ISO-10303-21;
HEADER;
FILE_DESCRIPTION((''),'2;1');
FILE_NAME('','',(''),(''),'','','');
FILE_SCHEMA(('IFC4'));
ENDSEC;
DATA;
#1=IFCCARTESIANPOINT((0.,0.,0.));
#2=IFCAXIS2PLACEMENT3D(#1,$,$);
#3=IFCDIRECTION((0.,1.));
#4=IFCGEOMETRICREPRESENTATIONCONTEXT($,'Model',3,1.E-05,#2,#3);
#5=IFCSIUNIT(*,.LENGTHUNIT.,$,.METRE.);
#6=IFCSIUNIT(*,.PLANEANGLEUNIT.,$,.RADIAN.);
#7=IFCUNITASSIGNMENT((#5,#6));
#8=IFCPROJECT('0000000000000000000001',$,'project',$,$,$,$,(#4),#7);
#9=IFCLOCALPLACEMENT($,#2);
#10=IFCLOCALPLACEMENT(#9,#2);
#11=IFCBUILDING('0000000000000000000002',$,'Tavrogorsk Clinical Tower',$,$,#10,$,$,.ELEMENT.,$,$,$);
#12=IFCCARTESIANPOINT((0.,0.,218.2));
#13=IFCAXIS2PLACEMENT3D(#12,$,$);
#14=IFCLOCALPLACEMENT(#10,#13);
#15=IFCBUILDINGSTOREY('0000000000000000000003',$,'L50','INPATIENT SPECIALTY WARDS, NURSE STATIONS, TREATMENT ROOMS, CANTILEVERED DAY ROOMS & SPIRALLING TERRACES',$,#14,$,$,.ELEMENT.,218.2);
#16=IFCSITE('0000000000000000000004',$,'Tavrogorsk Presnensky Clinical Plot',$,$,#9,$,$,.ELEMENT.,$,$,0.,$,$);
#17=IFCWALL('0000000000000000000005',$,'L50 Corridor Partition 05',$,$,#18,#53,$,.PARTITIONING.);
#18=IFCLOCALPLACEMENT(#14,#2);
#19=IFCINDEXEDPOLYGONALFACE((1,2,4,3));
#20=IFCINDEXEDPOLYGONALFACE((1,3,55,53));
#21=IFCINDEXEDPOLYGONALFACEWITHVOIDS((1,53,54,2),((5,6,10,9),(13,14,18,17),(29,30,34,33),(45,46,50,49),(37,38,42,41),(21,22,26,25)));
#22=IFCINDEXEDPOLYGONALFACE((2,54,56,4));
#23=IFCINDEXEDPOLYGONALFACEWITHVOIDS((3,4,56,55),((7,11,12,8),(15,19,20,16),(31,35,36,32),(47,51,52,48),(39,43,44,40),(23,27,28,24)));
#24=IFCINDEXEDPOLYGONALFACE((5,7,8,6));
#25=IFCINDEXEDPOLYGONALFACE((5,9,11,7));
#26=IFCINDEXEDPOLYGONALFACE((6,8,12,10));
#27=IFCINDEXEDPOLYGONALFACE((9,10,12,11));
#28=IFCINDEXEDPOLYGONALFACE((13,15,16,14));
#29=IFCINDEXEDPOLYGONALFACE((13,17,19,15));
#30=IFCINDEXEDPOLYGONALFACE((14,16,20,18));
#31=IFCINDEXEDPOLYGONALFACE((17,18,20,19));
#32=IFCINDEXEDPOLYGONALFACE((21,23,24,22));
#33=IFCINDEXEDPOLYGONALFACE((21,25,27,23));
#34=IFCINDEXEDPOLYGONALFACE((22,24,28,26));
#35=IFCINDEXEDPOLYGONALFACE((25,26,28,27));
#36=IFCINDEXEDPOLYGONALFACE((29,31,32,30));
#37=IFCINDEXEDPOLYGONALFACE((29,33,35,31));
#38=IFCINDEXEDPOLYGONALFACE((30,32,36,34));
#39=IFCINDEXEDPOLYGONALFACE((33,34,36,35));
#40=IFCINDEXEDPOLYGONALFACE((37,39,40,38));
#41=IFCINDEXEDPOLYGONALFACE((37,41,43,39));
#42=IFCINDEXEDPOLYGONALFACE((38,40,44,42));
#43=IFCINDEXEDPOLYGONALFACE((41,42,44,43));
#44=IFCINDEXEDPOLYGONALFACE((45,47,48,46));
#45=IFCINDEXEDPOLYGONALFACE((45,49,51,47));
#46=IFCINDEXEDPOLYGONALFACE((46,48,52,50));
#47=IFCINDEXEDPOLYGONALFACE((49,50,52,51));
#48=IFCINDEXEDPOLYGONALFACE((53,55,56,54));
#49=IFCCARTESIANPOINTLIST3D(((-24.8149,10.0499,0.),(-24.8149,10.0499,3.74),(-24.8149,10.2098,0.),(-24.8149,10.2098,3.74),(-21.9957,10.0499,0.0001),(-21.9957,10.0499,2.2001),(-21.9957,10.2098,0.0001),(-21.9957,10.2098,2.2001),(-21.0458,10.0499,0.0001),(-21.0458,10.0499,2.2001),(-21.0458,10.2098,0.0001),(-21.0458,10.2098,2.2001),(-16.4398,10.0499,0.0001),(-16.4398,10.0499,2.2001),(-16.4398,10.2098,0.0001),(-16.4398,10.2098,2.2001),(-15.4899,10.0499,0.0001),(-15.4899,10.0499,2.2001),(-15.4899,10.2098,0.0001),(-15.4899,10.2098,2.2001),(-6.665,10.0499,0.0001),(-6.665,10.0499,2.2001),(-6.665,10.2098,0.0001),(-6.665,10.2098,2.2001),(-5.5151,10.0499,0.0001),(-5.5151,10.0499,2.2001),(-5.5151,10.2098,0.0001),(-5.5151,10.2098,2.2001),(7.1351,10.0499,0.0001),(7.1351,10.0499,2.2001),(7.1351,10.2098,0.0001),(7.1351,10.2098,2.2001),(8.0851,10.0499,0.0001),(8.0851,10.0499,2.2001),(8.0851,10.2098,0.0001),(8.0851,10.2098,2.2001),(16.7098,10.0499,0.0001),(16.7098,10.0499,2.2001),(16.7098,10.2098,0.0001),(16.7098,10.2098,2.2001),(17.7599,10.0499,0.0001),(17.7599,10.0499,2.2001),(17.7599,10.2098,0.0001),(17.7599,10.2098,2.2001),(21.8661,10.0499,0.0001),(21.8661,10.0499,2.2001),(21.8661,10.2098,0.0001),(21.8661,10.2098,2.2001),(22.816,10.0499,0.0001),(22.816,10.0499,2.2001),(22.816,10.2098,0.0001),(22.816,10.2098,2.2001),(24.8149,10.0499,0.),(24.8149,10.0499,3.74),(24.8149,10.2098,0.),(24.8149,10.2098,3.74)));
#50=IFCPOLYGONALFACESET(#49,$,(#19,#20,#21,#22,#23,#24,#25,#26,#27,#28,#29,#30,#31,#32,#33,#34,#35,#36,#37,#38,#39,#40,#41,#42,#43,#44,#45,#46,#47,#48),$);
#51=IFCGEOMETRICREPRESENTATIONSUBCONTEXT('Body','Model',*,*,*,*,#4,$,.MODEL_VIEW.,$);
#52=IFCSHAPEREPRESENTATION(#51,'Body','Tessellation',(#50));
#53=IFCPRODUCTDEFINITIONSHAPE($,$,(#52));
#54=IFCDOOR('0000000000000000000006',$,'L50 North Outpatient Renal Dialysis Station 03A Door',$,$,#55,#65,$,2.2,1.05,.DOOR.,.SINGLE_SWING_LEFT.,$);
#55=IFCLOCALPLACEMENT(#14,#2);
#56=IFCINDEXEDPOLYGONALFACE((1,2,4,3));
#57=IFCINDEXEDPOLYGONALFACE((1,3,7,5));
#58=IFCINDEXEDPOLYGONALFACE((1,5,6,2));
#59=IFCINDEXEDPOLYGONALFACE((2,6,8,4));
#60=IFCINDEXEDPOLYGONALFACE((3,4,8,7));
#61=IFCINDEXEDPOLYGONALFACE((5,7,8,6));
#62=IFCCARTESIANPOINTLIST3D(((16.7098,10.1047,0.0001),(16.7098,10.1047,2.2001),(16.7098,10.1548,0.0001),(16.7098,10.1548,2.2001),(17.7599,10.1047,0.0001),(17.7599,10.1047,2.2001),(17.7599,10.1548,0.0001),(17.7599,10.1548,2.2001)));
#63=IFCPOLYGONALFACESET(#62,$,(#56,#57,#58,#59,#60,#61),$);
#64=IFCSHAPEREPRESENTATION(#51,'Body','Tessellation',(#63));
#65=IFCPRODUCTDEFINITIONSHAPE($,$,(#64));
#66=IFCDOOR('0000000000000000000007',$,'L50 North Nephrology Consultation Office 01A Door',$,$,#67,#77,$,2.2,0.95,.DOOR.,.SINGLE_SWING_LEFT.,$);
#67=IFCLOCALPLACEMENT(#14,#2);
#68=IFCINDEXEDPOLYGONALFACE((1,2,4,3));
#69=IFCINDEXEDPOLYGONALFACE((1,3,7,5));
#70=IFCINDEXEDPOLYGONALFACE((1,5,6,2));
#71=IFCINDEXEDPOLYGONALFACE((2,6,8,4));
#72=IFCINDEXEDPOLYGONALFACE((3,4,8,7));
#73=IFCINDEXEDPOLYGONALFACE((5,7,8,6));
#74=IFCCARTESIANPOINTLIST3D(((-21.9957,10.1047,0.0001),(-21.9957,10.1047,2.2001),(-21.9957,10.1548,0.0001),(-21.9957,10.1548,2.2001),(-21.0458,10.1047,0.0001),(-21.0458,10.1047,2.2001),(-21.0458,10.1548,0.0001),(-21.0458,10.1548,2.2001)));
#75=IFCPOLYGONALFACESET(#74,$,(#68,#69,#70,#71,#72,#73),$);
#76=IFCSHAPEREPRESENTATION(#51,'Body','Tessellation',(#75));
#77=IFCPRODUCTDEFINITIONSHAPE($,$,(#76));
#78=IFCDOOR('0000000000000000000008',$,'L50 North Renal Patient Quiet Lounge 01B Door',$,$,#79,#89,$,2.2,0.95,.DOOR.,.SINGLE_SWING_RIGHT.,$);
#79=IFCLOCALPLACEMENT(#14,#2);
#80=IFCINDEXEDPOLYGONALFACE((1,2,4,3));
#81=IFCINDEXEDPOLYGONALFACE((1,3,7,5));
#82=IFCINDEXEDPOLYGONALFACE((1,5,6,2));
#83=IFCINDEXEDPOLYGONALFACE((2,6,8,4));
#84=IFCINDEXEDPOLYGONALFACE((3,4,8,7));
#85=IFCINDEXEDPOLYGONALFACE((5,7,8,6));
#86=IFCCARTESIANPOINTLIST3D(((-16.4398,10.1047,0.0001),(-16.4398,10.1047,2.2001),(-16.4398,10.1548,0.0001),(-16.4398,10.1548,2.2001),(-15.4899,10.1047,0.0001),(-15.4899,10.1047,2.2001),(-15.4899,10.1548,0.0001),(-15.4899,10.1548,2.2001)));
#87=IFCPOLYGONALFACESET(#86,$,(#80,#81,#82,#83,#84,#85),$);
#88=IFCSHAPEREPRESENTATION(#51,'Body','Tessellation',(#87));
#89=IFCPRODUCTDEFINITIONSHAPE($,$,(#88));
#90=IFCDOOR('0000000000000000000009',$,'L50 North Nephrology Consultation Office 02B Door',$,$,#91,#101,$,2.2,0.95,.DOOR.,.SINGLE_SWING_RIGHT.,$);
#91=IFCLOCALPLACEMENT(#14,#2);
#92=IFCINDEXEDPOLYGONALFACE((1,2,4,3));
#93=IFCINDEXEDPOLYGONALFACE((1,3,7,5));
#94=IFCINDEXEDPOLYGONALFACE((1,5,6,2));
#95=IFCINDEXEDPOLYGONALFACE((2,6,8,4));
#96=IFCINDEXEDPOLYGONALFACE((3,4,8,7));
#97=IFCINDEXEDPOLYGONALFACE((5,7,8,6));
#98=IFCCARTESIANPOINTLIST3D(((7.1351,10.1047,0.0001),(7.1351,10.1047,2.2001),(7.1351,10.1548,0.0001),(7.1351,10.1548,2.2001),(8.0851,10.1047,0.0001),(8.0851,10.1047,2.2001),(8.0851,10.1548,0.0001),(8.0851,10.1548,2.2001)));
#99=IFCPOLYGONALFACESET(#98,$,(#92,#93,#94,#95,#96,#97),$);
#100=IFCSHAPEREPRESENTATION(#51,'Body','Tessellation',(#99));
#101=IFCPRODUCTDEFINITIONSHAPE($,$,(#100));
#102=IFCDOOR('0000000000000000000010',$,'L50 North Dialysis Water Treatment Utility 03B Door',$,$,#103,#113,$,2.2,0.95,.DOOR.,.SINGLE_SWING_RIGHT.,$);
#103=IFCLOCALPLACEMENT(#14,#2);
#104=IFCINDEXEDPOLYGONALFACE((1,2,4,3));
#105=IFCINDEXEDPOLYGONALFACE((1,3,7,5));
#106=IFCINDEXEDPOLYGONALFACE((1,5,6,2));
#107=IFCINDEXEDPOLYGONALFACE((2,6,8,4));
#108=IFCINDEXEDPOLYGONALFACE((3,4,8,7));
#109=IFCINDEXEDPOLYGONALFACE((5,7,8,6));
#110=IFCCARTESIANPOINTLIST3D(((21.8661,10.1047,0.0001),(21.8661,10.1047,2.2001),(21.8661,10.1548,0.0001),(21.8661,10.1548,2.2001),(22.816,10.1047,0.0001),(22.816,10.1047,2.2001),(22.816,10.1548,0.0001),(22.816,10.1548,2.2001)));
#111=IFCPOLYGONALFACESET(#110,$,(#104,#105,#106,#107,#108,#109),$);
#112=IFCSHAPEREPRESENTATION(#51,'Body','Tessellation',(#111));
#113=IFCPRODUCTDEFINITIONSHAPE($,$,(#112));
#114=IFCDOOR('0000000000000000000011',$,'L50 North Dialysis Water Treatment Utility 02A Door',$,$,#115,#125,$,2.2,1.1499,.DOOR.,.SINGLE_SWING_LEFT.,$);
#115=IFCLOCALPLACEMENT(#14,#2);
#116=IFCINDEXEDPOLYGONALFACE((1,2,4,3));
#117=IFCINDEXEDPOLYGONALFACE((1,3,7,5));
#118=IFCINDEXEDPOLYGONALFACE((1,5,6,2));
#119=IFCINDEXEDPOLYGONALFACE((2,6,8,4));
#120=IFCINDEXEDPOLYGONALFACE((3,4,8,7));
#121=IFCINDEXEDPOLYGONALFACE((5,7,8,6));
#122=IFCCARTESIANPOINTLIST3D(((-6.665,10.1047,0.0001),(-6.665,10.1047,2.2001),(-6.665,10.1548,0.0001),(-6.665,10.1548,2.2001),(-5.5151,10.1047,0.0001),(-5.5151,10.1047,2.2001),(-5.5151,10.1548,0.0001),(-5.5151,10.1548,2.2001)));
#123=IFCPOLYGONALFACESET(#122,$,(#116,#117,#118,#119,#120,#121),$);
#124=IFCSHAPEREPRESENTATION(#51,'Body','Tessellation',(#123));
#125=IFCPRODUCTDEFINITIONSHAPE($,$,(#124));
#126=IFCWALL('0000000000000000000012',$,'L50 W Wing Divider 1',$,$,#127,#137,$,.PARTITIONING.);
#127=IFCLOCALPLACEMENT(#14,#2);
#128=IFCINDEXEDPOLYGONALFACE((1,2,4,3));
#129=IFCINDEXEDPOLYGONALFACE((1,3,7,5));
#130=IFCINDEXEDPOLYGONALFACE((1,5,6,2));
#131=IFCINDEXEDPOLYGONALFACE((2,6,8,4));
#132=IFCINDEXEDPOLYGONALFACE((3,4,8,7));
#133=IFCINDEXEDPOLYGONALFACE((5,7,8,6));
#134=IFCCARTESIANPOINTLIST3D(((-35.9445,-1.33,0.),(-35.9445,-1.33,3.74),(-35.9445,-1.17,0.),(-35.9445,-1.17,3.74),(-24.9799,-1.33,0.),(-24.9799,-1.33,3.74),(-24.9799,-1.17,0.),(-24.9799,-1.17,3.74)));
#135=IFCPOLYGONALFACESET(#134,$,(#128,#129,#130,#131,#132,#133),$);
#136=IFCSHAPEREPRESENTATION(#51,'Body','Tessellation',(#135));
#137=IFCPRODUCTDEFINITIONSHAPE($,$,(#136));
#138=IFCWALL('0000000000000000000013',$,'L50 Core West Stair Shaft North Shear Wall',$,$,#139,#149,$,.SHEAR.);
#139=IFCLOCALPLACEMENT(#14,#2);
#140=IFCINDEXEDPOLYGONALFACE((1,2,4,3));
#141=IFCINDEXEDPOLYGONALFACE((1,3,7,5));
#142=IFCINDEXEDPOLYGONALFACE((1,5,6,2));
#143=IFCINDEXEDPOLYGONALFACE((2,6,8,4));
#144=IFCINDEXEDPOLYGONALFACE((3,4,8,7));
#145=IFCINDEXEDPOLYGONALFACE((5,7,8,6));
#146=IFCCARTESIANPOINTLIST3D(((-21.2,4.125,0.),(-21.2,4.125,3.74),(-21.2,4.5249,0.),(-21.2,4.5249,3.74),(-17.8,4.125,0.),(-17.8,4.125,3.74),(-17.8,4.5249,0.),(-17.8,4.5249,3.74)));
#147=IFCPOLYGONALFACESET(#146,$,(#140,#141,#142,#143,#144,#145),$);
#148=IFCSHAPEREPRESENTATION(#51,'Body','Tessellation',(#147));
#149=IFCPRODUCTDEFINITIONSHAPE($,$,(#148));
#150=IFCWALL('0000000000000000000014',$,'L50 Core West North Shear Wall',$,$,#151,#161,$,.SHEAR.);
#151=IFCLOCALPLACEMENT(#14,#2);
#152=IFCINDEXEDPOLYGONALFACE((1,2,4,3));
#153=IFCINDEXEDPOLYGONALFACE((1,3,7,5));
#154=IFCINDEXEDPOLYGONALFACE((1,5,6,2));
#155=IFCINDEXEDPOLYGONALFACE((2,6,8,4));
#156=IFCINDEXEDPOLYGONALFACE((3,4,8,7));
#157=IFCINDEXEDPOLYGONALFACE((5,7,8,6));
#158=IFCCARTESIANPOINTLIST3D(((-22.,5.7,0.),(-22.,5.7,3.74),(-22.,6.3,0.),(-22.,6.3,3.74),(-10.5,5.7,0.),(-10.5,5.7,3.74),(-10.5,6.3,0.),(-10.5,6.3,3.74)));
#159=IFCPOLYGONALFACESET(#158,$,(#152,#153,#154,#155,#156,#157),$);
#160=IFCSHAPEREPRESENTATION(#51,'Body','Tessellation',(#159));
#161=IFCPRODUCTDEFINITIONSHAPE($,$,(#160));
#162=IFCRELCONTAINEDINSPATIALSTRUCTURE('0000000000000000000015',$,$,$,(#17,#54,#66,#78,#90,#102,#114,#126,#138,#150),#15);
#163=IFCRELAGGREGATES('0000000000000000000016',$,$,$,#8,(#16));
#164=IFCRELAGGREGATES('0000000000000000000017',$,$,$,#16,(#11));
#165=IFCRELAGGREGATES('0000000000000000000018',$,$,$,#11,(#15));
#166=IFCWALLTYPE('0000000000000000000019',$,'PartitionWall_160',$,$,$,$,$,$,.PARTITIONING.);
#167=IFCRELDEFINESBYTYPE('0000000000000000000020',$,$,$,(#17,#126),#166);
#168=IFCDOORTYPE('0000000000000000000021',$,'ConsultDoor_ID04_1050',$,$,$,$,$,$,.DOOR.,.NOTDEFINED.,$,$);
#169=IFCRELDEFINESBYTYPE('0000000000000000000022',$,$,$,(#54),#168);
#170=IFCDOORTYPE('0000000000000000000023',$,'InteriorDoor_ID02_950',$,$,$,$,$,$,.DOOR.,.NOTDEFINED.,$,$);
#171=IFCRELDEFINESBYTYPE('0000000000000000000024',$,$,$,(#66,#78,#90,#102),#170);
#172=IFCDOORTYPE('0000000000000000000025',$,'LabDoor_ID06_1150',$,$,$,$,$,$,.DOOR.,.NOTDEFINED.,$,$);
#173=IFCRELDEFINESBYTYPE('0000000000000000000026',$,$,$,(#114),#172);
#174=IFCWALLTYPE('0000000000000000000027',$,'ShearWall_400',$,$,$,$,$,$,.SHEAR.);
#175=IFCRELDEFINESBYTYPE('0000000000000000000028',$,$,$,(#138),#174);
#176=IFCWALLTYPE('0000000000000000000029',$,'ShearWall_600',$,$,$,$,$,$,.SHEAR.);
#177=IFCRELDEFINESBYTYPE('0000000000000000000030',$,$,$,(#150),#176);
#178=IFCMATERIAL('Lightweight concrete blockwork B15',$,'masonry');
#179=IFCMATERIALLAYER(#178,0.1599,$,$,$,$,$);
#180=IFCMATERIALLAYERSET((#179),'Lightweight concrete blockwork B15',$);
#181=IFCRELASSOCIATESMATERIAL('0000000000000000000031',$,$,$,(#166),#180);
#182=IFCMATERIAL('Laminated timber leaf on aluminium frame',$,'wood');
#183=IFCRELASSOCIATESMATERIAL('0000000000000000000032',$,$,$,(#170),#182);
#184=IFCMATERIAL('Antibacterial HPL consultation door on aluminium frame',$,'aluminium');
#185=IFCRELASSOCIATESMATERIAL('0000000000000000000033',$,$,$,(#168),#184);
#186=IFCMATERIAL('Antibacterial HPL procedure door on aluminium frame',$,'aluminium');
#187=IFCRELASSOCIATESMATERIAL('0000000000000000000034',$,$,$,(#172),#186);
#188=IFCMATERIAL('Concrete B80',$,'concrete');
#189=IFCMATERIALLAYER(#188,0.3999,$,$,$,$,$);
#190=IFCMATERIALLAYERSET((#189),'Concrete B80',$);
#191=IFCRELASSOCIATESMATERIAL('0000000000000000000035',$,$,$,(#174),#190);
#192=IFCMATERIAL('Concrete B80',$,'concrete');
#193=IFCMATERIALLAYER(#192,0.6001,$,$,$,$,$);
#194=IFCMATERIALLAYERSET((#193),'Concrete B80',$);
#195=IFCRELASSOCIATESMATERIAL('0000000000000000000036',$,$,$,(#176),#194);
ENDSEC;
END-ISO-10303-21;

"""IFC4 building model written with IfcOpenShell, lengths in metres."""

from ifc_helpers import new_model, si_unit, direction, frame, frame_2d, origin, place, context, subcontext, project, spatial, rectangle, extrude, material, layer, layer_set, type_object, element, fill, save


model = new_model("IFC4")

# Units and contexts
model_context = context("Model", 3, precision=1e-05, world=origin(), true_north=direction((0.0, 1.0)))
body_context = subcontext(model_context, "Body", "Model", "MODEL_VIEW")
ifc_project = project(units=[si_unit("LENGTHUNIT", "METRE"), si_unit("PLANEANGLEUNIT", "RADIAN")], contexts=[model_context])

# Site, building, storey
site_placement = place(None, origin())
site = spatial("IfcSite", under=ifc_project, at=site_placement, Name="Tavrogorsk Presnensky Clinical Plot", CompositionType="ELEMENT", RefElevation=0.0)
building_placement = place(site_placement, origin())
building = spatial("IfcBuilding", under=site, at=building_placement, Name="Tavrogorsk Clinical Tower", CompositionType="ELEMENT")
storey_placement = place(building_placement, frame((0.0, 0.0, 218.2)))
storey = spatial("IfcBuildingStorey", under=building, at=storey_placement, Name="L50", Description="INPATIENT SPECIALTY WARDS, NURSE STATIONS, TREATMENT ROOMS, CANTILEVERED DAY ROOMS & SPIRALLING TERRACES", CompositionType="ELEMENT", Elevation=218.2)

# Shared definitions
ifc_material_1 = material(Name="Lightweight concrete blockwork B15", Category="masonry")
ifc_layer_1 = layer(ifc_material_1, 0.1599)
ifc_layer_set_1 = layer_set([ifc_layer_1], Name="Lightweight concrete blockwork B15")
wall_type_1 = type_object("IfcWallType", Name="PartitionWall_160", PredefinedType="PARTITIONING", material=ifc_layer_set_1)
ifc_material_2 = material(Name="Laminated timber leaf on aluminium frame", Category="wood")
door_type_1 = type_object("IfcDoorType", Name="InteriorDoor_ID02_950", OperationType="NOTDEFINED", PredefinedType="DOOR", material=ifc_material_2)

# Wall, openings, doors
wall_1_placement = place(storey_placement, frame((-24.8149, 10.1299, 0.0), z_axis=(0.0, 0.0, 1.0), x_axis=(1.0, 0.0, 0.0)))
wall_1 = element("IfcWall", 1, at=wall_1_placement, inside=storey, type_object=wall_type_1, Name="L50 Corridor Partition 05", PredefinedType="PARTITIONING", context=body_context, shape_type="SweptSolid", body=[
    extrude(rectangle(XDim=49.6299, YDim=0.1599, at=frame_2d((24.8149, 0.0))), origin(), (0.0, 0.0, 1.0), 3.74),
])
opening_1_placement = place(wall_1_placement, frame((2.8191, 0.0, 0.0)))
opening_1 = element("IfcOpeningElement", 2, at=opening_1_placement, cuts=wall_1, PredefinedType="OPENING", context=body_context, shape_type="SweptSolid", body=[
    extrude(rectangle(XDim=0.95, YDim=2.2, at=frame_2d((0.4751, 1.1001))), frame((0.0, 0.0898, 0.0), z_axis=(0.0, -1.0, 0.0), x_axis=(1.0, 0.0, 0.0)), (0.0, 0.0, 1.0), 0.1799),
])
opening_2_placement = place(wall_1_placement, frame((8.375, 0.0, 0.0)))
opening_2 = element("IfcOpeningElement", 3, at=opening_2_placement, cuts=wall_1, PredefinedType="OPENING", context=body_context, shape_type="SweptSolid", body=[
    extrude(rectangle(XDim=0.95, YDim=2.2, at=frame_2d((0.4751, 1.1001))), frame((0.0, 0.0898, 0.0), z_axis=(0.0, -1.0, 0.0), x_axis=(1.0, 0.0, 0.0)), (0.0, 0.0, 1.0), 0.1799),
])
opening_3_placement = place(wall_1_placement, frame((18.1499, 0.0, 0.0)))
opening_3 = element("IfcOpeningElement", 4, at=opening_3_placement, cuts=wall_1, PredefinedType="OPENING", context=body_context, shape_type="SweptSolid", body=[
    extrude(rectangle(XDim=1.1499, YDim=2.2, at=frame_2d((0.575, 1.1001))), frame((0.0, 0.0898, 0.0), z_axis=(0.0, -1.0, 0.0), x_axis=(1.0, 0.0, 0.0)), (0.0, 0.0, 1.0), 0.1799),
])
opening_4_placement = place(wall_1_placement, frame((31.95, 0.0, 0.0)))
opening_4 = element("IfcOpeningElement", 5, at=opening_4_placement, cuts=wall_1, PredefinedType="OPENING", context=body_context, shape_type="SweptSolid", body=[
    extrude(rectangle(XDim=0.95, YDim=2.2, at=frame_2d((0.4751, 1.1001))), frame((0.0, 0.0898, 0.0), z_axis=(0.0, -1.0, 0.0), x_axis=(1.0, 0.0, 0.0)), (0.0, 0.0, 1.0), 0.1799),
])
opening_5_placement = place(wall_1_placement, frame((41.5249, 0.0, 0.0)))
opening_5 = element("IfcOpeningElement", 6, at=opening_5_placement, cuts=wall_1, PredefinedType="OPENING", context=body_context, shape_type="SweptSolid", body=[
    extrude(rectangle(XDim=1.05, YDim=2.2, at=frame_2d((0.5249, 1.1001))), frame((0.0, 0.0898, 0.0), z_axis=(0.0, -1.0, 0.0), x_axis=(1.0, 0.0, 0.0)), (0.0, 0.0, 1.0), 0.1799),
])
opening_6_placement = place(wall_1_placement, frame((46.6809, 0.0, 0.0)))
opening_6 = element("IfcOpeningElement", 7, at=opening_6_placement, cuts=wall_1, PredefinedType="OPENING", context=body_context, shape_type="SweptSolid", body=[
    extrude(rectangle(XDim=0.95, YDim=2.2, at=frame_2d((0.4751, 1.1001))), frame((0.0, 0.0898, 0.0), z_axis=(0.0, -1.0, 0.0), x_axis=(1.0, 0.0, 0.0)), (0.0, 0.0, 1.0), 0.1799),
])
ifc_material_3 = material(Name="Antibacterial HPL consultation door on aluminium frame", Category="aluminium")
door_type_2 = type_object("IfcDoorType", Name="ConsultDoor_ID04_1050", OperationType="NOTDEFINED", PredefinedType="DOOR", material=ifc_material_3)
door_1_placement = place(opening_5_placement, origin())
door_1 = element("IfcDoor", 8, at=door_1_placement, inside=storey, type_object=door_type_2, Name="L50 North Outpatient Renal Dialysis Station 03A Door", OperationType="SINGLE_SWING_LEFT", OverallHeight=2.2, OverallWidth=1.05, PredefinedType="DOOR", context=body_context, shape_type="SweptSolid", body=[
    extrude(rectangle(XDim=1.05, YDim=2.2, at=frame_2d((0.5249, 1.1001))), frame((0.0, 0.0249, 0.0), z_axis=(0.0, -1.0, 0.0), x_axis=(1.0, 0.0, 0.0)), (0.0, 0.0, 1.0), 0.05),
])
fill(opening_5, door_1)
door_2_placement = place(opening_1_placement, origin())
door_2 = element("IfcDoor", 9, at=door_2_placement, inside=storey, type_object=door_type_1, Name="L50 North Nephrology Consultation Office 01A Door", OperationType="SINGLE_SWING_LEFT", OverallHeight=2.2, OverallWidth=0.95, PredefinedType="DOOR", context=body_context, shape_type="SweptSolid", body=[
    extrude(rectangle(XDim=0.95, YDim=2.2, at=frame_2d((0.4751, 1.1001))), frame((0.0, 0.0249, 0.0), z_axis=(0.0, -1.0, 0.0), x_axis=(1.0, 0.0, 0.0)), (0.0, 0.0, 1.0), 0.05),
])
fill(opening_1, door_2)
door_3_placement = place(opening_2_placement, origin())
door_3 = element("IfcDoor", 10, at=door_3_placement, inside=storey, type_object=door_type_1, Name="L50 North Renal Patient Quiet Lounge 01B Door", OperationType="SINGLE_SWING_RIGHT", OverallHeight=2.2, OverallWidth=0.95, PredefinedType="DOOR", context=body_context, shape_type="SweptSolid", body=[
    extrude(rectangle(XDim=0.95, YDim=2.2, at=frame_2d((0.4751, 1.1001))), frame((0.0, 0.0249, 0.0), z_axis=(0.0, -1.0, 0.0), x_axis=(1.0, 0.0, 0.0)), (0.0, 0.0, 1.0), 0.05),
])
fill(opening_2, door_3)
door_4_placement = place(opening_4_placement, origin())
door_4 = element("IfcDoor", 11, at=door_4_placement, inside=storey, type_object=door_type_1, Name="L50 North Nephrology Consultation Office 02B Door", OperationType="SINGLE_SWING_RIGHT", OverallHeight=2.2, OverallWidth=0.95, PredefinedType="DOOR", context=body_context, shape_type="SweptSolid", body=[
    extrude(rectangle(XDim=0.95, YDim=2.2, at=frame_2d((0.4751, 1.1001))), frame((0.0, 0.0249, 0.0), z_axis=(0.0, -1.0, 0.0), x_axis=(1.0, 0.0, 0.0)), (0.0, 0.0, 1.0), 0.05),
])
fill(opening_4, door_4)
door_5_placement = place(opening_6_placement, origin())
door_5 = element("IfcDoor", 12, at=door_5_placement, inside=storey, type_object=door_type_1, Name="L50 North Dialysis Water Treatment Utility 03B Door", OperationType="SINGLE_SWING_RIGHT", OverallHeight=2.2, OverallWidth=0.95, PredefinedType="DOOR", context=body_context, shape_type="SweptSolid", body=[
    extrude(rectangle(XDim=0.95, YDim=2.2, at=frame_2d((0.4751, 1.1001))), frame((0.0, 0.0249, 0.0), z_axis=(0.0, -1.0, 0.0), x_axis=(1.0, 0.0, 0.0)), (0.0, 0.0, 1.0), 0.05),
])
fill(opening_6, door_5)
ifc_material_4 = material(Name="Antibacterial HPL procedure door on aluminium frame", Category="aluminium")
door_type_3 = type_object("IfcDoorType", Name="LabDoor_ID06_1150", OperationType="NOTDEFINED", PredefinedType="DOOR", material=ifc_material_4)
door_6_placement = place(opening_3_placement, origin())
door_6 = element("IfcDoor", 13, at=door_6_placement, inside=storey, type_object=door_type_3, Name="L50 North Dialysis Water Treatment Utility 02A Door", OperationType="SINGLE_SWING_LEFT", OverallHeight=2.2, OverallWidth=1.1499, PredefinedType="DOOR", context=body_context, shape_type="SweptSolid", body=[
    extrude(rectangle(XDim=1.1499, YDim=2.2, at=frame_2d((0.575, 1.1001))), frame((0.0, 0.0249, 0.0), z_axis=(0.0, -1.0, 0.0), x_axis=(1.0, 0.0, 0.0)), (0.0, 0.0, 1.0), 0.05),
])
fill(opening_3, door_6)

# Walls
wall_2_placement = place(storey_placement, frame((-35.9446, -1.25, 0.0), z_axis=(0.0, 0.0, 1.0), x_axis=(1.0, 0.0, 0.0)))
element("IfcWall", 14, at=wall_2_placement, inside=storey, type_object=wall_type_1, Name="L50 W Wing Divider 1", PredefinedType="PARTITIONING", context=body_context, shape_type="SweptSolid", body=[
    extrude(rectangle(XDim=10.9646, YDim=0.1599, at=frame_2d((5.4824, 0.0))), origin(), (0.0, 0.0, 1.0), 3.74),
])
ifc_material_5 = material(Name="Concrete B80", Category="concrete")
ifc_layer_2 = layer(ifc_material_5, 0.3999)
ifc_layer_set_2 = layer_set([ifc_layer_2], Name="Concrete B80")
wall_type_2 = type_object("IfcWallType", Name="ShearWall_400", PredefinedType="SHEAR", material=ifc_layer_set_2)
wall_3_placement = place(storey_placement, frame((-21.2, 4.325, 0.0), z_axis=(0.0, 0.0, 1.0), x_axis=(1.0, 0.0, 0.0)))
element("IfcWall", 15, at=wall_3_placement, inside=storey, type_object=wall_type_2, Name="L50 Core West Stair Shaft North Shear Wall", PredefinedType="SHEAR", context=body_context, shape_type="SweptSolid", body=[
    extrude(rectangle(XDim=3.3999, YDim=0.3999, at=frame_2d((1.7, 0.0))), origin(), (0.0, 0.0, 1.0), 3.74),
])
ifc_material_6 = material(Name="Concrete B80", Category="concrete")
ifc_layer_3 = layer(ifc_material_6, 0.6001)
ifc_layer_set_3 = layer_set([ifc_layer_3], Name="Concrete B80")
wall_type_3 = type_object("IfcWallType", Name="ShearWall_600", PredefinedType="SHEAR", material=ifc_layer_set_3)
wall_4_placement = place(storey_placement, frame((-22.0, 6.0, 0.0), z_axis=(0.0, 0.0, 1.0), x_axis=(1.0, 0.0, 0.0)))
element("IfcWall", 16, at=wall_4_placement, inside=storey, type_object=wall_type_3, Name="L50 Core West North Shear Wall", PredefinedType="SHEAR", context=body_context, shape_type="SweptSolid", body=[
    extrude(rectangle(XDim=11.5, YDim=0.6001, at=frame_2d((5.75, 0.0))), origin(), (0.0, 0.0, 1.0), 3.74),
])

save(model, "model.ifc")
